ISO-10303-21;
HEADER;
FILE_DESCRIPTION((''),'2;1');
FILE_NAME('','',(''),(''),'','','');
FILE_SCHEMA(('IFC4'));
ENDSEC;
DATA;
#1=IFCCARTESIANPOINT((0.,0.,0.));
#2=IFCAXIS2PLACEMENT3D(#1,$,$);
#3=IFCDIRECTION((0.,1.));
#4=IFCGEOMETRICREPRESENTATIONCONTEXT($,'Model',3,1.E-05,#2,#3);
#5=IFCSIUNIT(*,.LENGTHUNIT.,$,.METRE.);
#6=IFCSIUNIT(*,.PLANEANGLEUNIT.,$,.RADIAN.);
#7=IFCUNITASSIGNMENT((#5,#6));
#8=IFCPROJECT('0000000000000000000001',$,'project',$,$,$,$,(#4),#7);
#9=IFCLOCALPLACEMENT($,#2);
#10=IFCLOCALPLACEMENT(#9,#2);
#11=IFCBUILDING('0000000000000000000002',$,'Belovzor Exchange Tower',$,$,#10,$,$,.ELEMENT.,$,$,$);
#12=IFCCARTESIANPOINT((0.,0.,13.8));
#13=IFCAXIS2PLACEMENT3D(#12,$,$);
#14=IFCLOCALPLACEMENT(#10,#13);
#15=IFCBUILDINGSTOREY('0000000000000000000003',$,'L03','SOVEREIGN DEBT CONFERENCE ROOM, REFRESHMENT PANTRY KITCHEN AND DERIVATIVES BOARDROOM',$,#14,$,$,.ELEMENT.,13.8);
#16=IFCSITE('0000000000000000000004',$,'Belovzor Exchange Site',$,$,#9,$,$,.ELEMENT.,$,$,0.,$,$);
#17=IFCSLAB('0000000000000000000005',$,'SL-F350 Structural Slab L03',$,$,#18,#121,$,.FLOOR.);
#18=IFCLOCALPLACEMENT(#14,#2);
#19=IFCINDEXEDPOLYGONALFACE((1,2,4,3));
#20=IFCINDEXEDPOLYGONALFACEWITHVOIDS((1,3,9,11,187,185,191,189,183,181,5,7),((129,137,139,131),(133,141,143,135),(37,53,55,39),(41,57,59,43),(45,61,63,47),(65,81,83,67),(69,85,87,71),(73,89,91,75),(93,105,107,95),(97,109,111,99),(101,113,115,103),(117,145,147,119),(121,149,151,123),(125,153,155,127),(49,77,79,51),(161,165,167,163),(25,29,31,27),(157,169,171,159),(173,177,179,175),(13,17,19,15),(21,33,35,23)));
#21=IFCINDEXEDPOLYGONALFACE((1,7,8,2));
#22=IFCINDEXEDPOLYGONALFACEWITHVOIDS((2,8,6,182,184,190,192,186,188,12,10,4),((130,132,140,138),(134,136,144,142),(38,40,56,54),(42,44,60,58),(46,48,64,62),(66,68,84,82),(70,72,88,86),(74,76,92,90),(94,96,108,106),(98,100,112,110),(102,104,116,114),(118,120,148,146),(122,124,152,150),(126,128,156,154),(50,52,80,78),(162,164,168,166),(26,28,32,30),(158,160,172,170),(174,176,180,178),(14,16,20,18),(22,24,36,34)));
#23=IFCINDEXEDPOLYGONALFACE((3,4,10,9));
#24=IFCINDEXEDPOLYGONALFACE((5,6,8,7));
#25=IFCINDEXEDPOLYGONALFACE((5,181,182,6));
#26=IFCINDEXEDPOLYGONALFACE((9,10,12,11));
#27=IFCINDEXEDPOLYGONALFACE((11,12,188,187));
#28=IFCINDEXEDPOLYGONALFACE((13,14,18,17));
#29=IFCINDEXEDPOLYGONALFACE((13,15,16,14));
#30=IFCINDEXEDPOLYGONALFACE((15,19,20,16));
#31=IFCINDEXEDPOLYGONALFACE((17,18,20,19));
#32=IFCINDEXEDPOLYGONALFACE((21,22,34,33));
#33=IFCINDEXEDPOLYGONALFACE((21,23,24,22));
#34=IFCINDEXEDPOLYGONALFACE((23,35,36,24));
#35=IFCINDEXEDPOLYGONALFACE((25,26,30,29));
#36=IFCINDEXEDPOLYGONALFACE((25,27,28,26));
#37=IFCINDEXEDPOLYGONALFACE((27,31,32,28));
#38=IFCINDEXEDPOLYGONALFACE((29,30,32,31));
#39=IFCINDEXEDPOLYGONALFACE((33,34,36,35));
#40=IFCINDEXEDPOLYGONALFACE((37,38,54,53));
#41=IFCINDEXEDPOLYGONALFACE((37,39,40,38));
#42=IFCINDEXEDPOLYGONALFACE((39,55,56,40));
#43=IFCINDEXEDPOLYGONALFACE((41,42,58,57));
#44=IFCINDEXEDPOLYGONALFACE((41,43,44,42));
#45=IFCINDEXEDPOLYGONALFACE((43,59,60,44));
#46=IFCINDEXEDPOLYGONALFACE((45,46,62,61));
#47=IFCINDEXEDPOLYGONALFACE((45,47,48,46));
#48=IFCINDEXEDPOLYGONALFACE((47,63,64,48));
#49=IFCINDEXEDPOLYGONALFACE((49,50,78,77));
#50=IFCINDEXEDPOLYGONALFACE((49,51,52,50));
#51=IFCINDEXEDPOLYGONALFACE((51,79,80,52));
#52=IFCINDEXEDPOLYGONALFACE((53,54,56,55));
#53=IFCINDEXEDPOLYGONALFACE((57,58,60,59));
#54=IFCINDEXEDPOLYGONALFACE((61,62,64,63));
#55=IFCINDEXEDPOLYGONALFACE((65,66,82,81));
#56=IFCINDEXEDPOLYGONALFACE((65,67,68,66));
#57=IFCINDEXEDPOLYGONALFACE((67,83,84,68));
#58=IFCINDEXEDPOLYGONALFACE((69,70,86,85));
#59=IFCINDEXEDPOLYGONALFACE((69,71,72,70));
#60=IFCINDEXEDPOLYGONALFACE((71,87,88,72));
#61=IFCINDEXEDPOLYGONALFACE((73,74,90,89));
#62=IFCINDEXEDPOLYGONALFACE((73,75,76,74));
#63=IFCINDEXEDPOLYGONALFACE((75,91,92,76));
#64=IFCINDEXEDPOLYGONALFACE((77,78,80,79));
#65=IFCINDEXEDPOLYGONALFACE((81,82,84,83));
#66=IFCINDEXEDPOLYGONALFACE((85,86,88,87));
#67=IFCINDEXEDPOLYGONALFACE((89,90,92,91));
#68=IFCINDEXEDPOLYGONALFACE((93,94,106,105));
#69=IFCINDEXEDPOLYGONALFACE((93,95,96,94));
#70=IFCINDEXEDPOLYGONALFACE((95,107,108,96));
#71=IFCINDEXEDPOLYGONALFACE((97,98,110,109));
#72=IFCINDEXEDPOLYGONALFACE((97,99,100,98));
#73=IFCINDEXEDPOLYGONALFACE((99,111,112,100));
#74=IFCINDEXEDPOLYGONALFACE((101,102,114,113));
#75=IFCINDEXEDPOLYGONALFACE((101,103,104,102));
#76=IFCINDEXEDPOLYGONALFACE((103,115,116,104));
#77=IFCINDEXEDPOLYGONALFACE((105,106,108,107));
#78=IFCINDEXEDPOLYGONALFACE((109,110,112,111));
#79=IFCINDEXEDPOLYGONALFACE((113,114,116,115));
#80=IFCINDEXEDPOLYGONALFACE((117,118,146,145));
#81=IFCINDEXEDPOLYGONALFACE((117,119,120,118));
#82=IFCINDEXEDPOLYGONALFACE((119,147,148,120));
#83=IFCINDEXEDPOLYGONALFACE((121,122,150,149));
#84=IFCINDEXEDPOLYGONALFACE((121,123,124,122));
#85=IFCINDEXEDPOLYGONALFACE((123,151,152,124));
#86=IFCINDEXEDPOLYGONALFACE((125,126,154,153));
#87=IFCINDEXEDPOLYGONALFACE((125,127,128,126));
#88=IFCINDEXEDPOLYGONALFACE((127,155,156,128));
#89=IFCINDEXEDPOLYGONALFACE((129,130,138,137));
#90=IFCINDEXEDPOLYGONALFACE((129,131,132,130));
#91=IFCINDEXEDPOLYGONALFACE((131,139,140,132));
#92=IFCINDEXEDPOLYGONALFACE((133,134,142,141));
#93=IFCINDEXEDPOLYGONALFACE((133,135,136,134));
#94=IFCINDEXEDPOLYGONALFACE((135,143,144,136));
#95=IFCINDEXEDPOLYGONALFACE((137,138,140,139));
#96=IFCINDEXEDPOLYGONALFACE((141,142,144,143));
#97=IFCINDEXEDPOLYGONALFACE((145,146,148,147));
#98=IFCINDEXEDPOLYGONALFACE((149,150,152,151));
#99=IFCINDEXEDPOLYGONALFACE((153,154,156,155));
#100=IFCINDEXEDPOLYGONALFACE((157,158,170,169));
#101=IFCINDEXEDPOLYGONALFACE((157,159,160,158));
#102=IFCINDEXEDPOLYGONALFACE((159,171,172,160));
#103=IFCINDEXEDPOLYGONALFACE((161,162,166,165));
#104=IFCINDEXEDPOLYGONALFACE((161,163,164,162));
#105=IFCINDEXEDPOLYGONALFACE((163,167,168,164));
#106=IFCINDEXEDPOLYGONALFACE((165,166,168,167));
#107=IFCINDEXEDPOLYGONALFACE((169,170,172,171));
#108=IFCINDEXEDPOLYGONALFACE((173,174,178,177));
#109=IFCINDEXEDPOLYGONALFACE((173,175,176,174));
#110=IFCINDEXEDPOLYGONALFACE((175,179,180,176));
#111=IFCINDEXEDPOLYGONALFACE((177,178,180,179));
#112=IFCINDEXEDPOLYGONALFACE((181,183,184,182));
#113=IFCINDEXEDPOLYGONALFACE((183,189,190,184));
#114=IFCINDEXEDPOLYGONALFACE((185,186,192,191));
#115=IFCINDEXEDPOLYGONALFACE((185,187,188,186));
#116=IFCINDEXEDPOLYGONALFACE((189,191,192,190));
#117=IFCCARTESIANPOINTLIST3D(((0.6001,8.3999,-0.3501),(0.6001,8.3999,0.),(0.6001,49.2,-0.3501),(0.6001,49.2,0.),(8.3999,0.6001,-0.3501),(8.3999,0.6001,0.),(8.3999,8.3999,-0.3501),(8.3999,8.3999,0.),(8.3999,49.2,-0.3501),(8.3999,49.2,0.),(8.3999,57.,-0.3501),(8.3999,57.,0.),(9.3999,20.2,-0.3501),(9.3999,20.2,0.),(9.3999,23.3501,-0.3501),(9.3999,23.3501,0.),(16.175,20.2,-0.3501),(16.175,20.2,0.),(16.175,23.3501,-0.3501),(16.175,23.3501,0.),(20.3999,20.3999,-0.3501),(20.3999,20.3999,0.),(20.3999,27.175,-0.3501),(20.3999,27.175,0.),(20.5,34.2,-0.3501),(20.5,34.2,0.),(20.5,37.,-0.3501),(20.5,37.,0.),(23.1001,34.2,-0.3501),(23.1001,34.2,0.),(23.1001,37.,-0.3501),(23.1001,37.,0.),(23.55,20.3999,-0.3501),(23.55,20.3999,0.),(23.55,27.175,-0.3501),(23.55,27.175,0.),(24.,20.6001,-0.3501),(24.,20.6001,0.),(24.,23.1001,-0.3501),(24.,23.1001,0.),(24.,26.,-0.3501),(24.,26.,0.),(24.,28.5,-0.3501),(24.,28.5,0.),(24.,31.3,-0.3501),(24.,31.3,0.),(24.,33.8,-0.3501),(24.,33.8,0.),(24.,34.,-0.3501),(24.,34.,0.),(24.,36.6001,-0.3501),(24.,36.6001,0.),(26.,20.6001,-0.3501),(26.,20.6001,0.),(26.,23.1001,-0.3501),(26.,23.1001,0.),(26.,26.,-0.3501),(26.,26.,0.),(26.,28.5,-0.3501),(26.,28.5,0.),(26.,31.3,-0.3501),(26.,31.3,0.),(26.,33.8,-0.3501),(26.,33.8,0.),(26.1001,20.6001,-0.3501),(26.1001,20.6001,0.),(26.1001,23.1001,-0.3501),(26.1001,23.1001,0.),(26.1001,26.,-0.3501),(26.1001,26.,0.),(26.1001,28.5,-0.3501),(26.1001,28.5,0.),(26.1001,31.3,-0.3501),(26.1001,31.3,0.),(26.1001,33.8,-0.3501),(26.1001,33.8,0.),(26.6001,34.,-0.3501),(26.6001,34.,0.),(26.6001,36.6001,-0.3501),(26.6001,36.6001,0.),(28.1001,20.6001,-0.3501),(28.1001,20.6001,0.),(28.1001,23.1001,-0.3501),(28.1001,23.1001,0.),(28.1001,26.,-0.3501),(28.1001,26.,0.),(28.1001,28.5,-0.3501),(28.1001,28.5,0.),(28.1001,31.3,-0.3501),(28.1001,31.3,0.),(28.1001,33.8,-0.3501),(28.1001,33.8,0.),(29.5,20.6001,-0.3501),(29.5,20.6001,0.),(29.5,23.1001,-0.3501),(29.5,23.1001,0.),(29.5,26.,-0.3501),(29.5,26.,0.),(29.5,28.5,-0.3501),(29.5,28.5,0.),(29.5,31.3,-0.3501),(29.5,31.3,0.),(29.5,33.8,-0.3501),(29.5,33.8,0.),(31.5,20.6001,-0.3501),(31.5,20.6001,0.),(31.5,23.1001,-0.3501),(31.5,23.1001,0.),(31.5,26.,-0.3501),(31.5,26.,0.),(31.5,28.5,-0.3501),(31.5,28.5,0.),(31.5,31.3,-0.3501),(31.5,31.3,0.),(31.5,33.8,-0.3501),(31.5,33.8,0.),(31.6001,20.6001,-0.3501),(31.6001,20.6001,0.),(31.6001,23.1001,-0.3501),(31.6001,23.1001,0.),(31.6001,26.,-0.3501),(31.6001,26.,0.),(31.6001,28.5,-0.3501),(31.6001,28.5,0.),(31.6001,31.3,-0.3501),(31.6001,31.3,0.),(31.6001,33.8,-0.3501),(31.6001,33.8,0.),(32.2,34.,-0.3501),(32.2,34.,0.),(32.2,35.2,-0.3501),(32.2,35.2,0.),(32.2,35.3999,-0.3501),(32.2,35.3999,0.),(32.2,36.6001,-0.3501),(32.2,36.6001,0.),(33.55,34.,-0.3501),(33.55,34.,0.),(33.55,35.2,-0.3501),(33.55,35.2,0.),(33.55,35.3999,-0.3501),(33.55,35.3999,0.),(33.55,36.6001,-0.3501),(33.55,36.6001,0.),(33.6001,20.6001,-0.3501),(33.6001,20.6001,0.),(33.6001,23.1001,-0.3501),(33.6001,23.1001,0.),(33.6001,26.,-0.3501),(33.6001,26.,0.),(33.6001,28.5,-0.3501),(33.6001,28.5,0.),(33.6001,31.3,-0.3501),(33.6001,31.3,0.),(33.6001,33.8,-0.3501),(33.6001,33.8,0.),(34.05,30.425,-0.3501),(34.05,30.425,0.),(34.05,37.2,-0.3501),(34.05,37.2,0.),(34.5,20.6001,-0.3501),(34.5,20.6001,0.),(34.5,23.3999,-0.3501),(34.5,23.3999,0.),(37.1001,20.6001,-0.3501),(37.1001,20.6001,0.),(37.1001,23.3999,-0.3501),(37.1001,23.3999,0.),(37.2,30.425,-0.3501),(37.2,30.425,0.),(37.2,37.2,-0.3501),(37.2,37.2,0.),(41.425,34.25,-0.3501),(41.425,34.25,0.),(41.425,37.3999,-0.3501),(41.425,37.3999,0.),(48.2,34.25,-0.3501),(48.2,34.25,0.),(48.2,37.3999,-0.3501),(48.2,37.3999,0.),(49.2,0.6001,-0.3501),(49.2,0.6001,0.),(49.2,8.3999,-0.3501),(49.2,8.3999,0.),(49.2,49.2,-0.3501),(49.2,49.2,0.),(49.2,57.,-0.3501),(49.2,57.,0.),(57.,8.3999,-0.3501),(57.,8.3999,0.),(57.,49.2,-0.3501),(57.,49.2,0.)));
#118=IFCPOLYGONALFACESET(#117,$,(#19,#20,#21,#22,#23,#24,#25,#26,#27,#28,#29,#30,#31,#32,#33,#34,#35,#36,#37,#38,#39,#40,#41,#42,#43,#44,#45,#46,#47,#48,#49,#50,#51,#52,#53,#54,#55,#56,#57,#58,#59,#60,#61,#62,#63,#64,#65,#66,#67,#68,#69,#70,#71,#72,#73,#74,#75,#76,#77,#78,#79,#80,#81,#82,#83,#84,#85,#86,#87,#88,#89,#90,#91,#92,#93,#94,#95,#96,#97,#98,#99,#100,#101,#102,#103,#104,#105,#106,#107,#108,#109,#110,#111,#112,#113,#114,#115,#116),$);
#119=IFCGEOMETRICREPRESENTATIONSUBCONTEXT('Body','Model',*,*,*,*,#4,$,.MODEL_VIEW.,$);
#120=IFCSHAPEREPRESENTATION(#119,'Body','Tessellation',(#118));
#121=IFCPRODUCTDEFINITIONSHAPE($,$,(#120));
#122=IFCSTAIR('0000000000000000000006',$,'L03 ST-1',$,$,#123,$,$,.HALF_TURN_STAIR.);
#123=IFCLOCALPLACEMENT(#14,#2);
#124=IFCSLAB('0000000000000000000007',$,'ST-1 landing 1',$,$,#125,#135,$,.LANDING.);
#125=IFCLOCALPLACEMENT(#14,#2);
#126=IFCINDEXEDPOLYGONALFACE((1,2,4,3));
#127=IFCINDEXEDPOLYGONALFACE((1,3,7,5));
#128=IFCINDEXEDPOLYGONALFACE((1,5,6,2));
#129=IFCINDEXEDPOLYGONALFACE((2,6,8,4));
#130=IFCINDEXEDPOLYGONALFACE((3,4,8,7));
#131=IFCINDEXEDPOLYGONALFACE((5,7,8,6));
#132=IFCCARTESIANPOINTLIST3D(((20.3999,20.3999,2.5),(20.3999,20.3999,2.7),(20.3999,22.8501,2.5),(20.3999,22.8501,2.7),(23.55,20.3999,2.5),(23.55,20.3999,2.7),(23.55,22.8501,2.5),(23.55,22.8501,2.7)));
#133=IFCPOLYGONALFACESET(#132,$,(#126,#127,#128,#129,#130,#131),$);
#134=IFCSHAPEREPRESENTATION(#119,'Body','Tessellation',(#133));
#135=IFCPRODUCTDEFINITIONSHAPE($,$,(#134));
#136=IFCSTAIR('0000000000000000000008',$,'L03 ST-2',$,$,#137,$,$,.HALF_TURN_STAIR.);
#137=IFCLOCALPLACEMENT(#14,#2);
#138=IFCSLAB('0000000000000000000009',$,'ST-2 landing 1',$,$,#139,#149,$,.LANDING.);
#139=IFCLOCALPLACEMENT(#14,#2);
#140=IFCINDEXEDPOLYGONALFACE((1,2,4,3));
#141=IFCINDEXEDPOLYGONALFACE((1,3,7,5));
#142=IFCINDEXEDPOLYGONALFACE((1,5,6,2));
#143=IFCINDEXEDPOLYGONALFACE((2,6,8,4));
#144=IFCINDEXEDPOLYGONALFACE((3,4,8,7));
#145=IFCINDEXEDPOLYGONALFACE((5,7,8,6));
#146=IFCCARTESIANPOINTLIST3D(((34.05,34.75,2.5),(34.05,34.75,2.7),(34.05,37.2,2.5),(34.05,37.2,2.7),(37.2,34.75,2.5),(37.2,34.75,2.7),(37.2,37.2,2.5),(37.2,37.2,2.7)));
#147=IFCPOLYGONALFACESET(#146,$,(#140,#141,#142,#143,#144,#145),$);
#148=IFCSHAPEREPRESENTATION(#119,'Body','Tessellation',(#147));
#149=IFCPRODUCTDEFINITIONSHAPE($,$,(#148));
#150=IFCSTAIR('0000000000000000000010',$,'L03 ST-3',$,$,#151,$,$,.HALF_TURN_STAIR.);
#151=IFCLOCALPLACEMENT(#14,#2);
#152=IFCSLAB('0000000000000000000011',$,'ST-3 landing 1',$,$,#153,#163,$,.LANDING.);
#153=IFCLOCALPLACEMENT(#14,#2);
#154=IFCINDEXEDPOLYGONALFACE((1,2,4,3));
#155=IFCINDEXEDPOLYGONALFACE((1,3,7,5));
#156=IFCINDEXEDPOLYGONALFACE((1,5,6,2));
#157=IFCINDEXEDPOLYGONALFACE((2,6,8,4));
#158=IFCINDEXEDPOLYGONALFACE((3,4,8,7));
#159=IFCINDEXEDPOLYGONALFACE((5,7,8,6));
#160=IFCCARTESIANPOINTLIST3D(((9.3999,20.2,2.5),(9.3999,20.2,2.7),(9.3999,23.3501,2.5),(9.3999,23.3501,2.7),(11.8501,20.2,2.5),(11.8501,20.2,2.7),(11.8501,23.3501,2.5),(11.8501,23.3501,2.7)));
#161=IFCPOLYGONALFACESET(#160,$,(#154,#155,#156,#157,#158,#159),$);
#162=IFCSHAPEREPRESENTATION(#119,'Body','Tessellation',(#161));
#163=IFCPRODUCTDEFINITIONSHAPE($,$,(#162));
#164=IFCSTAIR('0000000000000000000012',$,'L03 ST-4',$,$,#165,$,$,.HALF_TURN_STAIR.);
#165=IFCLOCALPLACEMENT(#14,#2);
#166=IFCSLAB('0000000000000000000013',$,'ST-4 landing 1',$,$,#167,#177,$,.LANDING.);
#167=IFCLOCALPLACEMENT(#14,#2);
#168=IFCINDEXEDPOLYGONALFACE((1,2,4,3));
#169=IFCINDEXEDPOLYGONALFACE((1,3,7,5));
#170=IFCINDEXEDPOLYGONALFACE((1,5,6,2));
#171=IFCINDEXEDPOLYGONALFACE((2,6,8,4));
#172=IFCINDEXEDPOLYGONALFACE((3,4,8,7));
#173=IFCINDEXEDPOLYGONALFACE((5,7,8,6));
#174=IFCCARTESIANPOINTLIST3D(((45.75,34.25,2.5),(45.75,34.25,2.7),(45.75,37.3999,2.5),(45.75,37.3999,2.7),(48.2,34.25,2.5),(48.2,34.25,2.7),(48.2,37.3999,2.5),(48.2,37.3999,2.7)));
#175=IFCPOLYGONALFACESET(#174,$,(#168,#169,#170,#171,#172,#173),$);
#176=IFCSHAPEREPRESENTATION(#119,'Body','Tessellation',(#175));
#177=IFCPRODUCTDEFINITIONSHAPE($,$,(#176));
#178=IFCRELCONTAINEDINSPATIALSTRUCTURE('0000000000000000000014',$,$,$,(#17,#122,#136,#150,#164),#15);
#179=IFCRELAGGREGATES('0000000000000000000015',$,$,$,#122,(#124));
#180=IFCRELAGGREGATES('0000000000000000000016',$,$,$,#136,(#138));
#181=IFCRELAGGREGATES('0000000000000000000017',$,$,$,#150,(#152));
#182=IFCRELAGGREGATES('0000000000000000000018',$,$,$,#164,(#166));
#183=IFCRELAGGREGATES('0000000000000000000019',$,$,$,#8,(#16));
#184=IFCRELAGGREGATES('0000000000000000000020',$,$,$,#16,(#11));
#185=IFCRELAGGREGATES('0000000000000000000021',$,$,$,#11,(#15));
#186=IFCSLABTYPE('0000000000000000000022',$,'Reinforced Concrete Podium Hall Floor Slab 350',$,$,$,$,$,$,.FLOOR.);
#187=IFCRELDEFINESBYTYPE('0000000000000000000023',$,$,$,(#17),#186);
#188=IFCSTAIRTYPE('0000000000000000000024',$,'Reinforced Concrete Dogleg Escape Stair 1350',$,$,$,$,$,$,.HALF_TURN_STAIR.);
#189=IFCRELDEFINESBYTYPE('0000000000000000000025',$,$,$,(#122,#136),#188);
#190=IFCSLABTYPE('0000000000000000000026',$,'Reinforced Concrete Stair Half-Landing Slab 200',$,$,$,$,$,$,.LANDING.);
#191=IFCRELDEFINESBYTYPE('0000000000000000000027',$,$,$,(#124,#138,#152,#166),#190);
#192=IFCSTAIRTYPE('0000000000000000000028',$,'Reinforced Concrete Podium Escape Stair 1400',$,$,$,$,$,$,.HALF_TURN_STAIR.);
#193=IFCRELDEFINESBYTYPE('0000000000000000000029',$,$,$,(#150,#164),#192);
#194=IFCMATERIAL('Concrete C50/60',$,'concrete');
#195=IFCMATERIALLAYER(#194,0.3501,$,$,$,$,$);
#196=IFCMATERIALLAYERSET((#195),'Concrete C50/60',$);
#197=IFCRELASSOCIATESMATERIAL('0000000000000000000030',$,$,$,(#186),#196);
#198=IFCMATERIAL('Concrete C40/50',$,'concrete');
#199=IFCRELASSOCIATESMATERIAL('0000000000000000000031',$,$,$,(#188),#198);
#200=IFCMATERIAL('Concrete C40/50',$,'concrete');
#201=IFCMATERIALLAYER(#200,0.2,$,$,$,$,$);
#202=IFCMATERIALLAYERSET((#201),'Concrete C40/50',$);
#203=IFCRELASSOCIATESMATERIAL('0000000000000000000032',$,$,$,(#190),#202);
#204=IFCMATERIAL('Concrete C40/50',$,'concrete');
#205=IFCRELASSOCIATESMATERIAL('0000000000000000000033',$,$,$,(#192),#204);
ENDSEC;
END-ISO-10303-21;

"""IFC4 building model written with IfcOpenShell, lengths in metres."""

from ifc_helpers import new_model, si_unit, direction, frame, origin, place, context, subcontext, project, spatial, polyline, outline, extrude, material, layer, layer_set, type_object, element, aggregate, save


model = new_model("IFC4")

# Units and contexts
model_context = context("Model", 3, precision=1e-05, world=origin(), true_north=direction((0.0, 1.0)))
body_context = subcontext(model_context, "Body", "Model", "MODEL_VIEW")
ifc_project = project(units=[si_unit("LENGTHUNIT", "METRE"), si_unit("PLANEANGLEUNIT", "RADIAN")], contexts=[model_context])

# Site, building, storey
site_placement = place(None, origin())
site = spatial("IfcSite", under=ifc_project, at=site_placement, Name="Belovzor Exchange Site", CompositionType="ELEMENT", RefElevation=0.0)
building_placement = place(site_placement, origin())
building = spatial("IfcBuilding", under=site, at=building_placement, Name="Belovzor Exchange Tower", CompositionType="ELEMENT")
storey_placement = place(building_placement, frame((0.0, 0.0, 13.8)))
storey = spatial("IfcBuildingStorey", under=building, at=storey_placement, Name="L03", Description="SOVEREIGN DEBT CONFERENCE ROOM, REFRESHMENT PANTRY KITCHEN AND DERIVATIVES BOARDROOM", CompositionType="ELEMENT", Elevation=13.8)

# Slab
ifc_material_1 = material(Name="Concrete C50/60", Category="concrete")
ifc_layer_1 = layer(ifc_material_1, 0.3501)
ifc_layer_set_1 = layer_set([ifc_layer_1], Name="Concrete C50/60")
slab_type_1 = type_object("IfcSlabType", Name="Reinforced Concrete Podium Hall Floor Slab 350", PredefinedType="FLOOR", material=ifc_layer_set_1)
slab_1_placement = place(storey_placement, frame((0.0, 0.0, -0.3501)))
element("IfcSlab", 1, at=slab_1_placement, inside=storey, type_object=slab_type_1, Name="SL-F350 Structural Slab L03", PredefinedType="FLOOR", context=body_context, shape_type="SweptSolid", body=[
    extrude(outline(polyline([(8.3999, 0.6001), (49.2, 0.6001), (49.2, 8.3999), (57.0, 8.3999), (57.0, 49.2), (49.2, 49.2), (49.2, 57.0), (8.3999, 57.0), (8.3999, 49.2), (0.6001, 49.2), (0.6001, 8.3999), (8.3999, 8.3999), (8.3999, 0.6001)]), holes=[polyline([(20.3999, 27.175), (20.3999, 20.3999), (23.55, 20.3999), (23.55, 27.175), (20.3999, 27.175)]), polyline([(37.2, 30.425), (37.2, 37.2), (34.05, 37.2), (34.05, 30.425), (37.2, 30.425)]), polyline([(16.175, 23.3501), (9.3999, 23.3501), (9.3999, 20.2), (16.175, 20.2), (16.175, 23.3501)]), polyline([(41.425, 34.25), (48.2, 34.25), (48.2, 37.3999), (41.425, 37.3999), (41.425, 34.25)]), polyline([(20.5, 34.2), (23.1001, 34.2), (23.1001, 37.0), (20.5, 37.0), (20.5, 34.2)]), polyline([(34.5, 20.6001), (37.1001, 20.6001), (37.1001, 23.3999), (34.5, 23.3999), (34.5, 20.6001)]), polyline([(24.0, 34.0), (26.6001, 34.0), (26.6001, 36.6001), (24.0, 36.6001), (24.0, 34.0)]), polyline([(24.0, 20.6001), (26.0, 20.6001), (26.0, 23.1001), (24.0, 23.1001), (24.0, 20.6001)]), polyline([(26.1001, 20.6001), (28.1001, 20.6001), (28.1001, 23.1001), (26.1001, 23.1001), (26.1001, 20.6001)]), polyline([(29.5, 20.6001), (31.5, 20.6001), (31.5, 23.1001), (29.5, 23.1001), (29.5, 20.6001)]), polyline([(31.6001, 20.6001), (33.6001, 20.6001), (33.6001, 23.1001), (31.6001, 23.1001), (31.6001, 20.6001)]), polyline([(24.0, 26.0), (26.0, 26.0), (26.0, 28.5), (24.0, 28.5), (24.0, 26.0)]), polyline([(26.1001, 26.0), (28.1001, 26.0), (28.1001, 28.5), (26.1001, 28.5), (26.1001, 26.0)]), polyline([(29.5, 26.0), (31.5, 26.0), (31.5, 28.5), (29.5, 28.5), (29.5, 26.0)]), polyline([(31.6001, 26.0), (33.6001, 26.0), (33.6001, 28.5), (31.6001, 28.5), (31.6001, 26.0)]), polyline([(24.0, 31.3), (26.0, 31.3), (26.0, 33.8), (24.0, 33.8), (24.0, 31.3)]), polyline([(26.1001, 31.3), (28.1001, 31.3), (28.1001, 33.8), (26.1001, 33.8), (26.1001, 31.3)]), polyline([(29.5, 31.3), (31.5, 31.3), (31.5, 33.8), (29.5, 33.8), (29.5, 31.3)]), polyline([(31.6001, 31.3), (33.6001, 31.3), (33.6001, 33.8), (31.6001, 33.8), (31.6001, 31.3)]), polyline([(32.2, 34.0), (33.55, 34.0), (33.55, 35.2), (32.2, 35.2), (32.2, 34.0)]), polyline([(32.2, 35.3999), (33.55, 35.3999), (33.55, 36.6001), (32.2, 36.6001), (32.2, 35.3999)])]), origin(), (0.0, 0.0, 1.0), 0.3501),
])

# Stairs, slabs
ifc_material_2 = material(Name="Concrete C40/50", Category="concrete")
stair_type_1 = type_object("IfcStairType", Name="Reinforced Concrete Dogleg Escape Stair 1350", PredefinedType="HALF_TURN_STAIR", material=ifc_material_2)
stair_1_placement = place(storey_placement, origin())
stair_1 = element("IfcStair", 2, at=stair_1_placement, inside=storey, type_object=stair_type_1, Name="L03 ST-1", PredefinedType="HALF_TURN_STAIR")
ifc_material_3 = material(Name="Concrete C40/50", Category="concrete")
ifc_layer_2 = layer(ifc_material_3, 0.2)
ifc_layer_set_2 = layer_set([ifc_layer_2], Name="Concrete C40/50")
slab_type_2 = type_object("IfcSlabType", Name="Reinforced Concrete Stair Half-Landing Slab 200", PredefinedType="LANDING", material=ifc_layer_set_2)
slab_2_placement = place(storey_placement, frame((0.0, 0.0, 2.5)))
slab_2 = element("IfcSlab", 3, at=slab_2_placement, type_object=slab_type_2, Name="ST-1 landing 1", PredefinedType="LANDING", context=body_context, shape_type="SweptSolid", body=[
    extrude(outline(polyline([(20.3999, 22.8501), (20.3999, 20.3999), (23.55, 20.3999), (23.55, 22.8501), (20.3999, 22.8501)])), origin(), (0.0, 0.0, 1.0), 0.2),
])
aggregate(stair_1, [slab_2])
stair_2_placement = place(storey_placement, origin())
stair_2 = element("IfcStair", 4, at=stair_2_placement, inside=storey, type_object=stair_type_1, Name="L03 ST-2", PredefinedType="HALF_TURN_STAIR")
slab_3_placement = place(storey_placement, frame((0.0, 0.0, 2.5)))
slab_3 = element("IfcSlab", 5, at=slab_3_placement, type_object=slab_type_2, Name="ST-2 landing 1", PredefinedType="LANDING", context=body_context, shape_type="SweptSolid", body=[
    extrude(outline(polyline([(37.2, 34.75), (37.2, 37.2), (34.05, 37.2), (34.05, 34.75), (37.2, 34.75)])), origin(), (0.0, 0.0, 1.0), 0.2),
])
aggregate(stair_2, [slab_3])
ifc_material_4 = material(Name="Concrete C40/50", Category="concrete")
stair_type_2 = type_object("IfcStairType", Name="Reinforced Concrete Podium Escape Stair 1400", PredefinedType="HALF_TURN_STAIR", material=ifc_material_4)
stair_3_placement = place(storey_placement, origin())
stair_3 = element("IfcStair", 6, at=stair_3_placement, inside=storey, type_object=stair_type_2, Name="L03 ST-3", PredefinedType="HALF_TURN_STAIR")
slab_4_placement = place(storey_placement, frame((0.0, 0.0, 2.5)))
slab_4 = element("IfcSlab", 7, at=slab_4_placement, type_object=slab_type_2, Name="ST-3 landing 1", PredefinedType="LANDING", context=body_context, shape_type="SweptSolid", body=[
    extrude(outline(polyline([(11.8501, 23.3501), (9.3999, 23.3501), (9.3999, 20.2), (11.8501, 20.2), (11.8501, 23.3501)])), origin(), (0.0, 0.0, 1.0), 0.2),
])
aggregate(stair_3, [slab_4])
stair_4_placement = place(storey_placement, origin())
stair_4 = element("IfcStair", 8, at=stair_4_placement, inside=storey, type_object=stair_type_2, Name="L03 ST-4", PredefinedType="HALF_TURN_STAIR")
slab_5_placement = place(storey_placement, frame((0.0, 0.0, 2.5)))
slab_5 = element("IfcSlab", 9, at=slab_5_placement, type_object=slab_type_2, Name="ST-4 landing 1", PredefinedType="LANDING", context=body_context, shape_type="SweptSolid", body=[
    extrude(outline(polyline([(45.75, 34.25), (48.2, 34.25), (48.2, 37.3999), (45.75, 37.3999), (45.75, 34.25)])), origin(), (0.0, 0.0, 1.0), 0.2),
])
aggregate(stair_4, [slab_5])

save(model, "model.ifc")
